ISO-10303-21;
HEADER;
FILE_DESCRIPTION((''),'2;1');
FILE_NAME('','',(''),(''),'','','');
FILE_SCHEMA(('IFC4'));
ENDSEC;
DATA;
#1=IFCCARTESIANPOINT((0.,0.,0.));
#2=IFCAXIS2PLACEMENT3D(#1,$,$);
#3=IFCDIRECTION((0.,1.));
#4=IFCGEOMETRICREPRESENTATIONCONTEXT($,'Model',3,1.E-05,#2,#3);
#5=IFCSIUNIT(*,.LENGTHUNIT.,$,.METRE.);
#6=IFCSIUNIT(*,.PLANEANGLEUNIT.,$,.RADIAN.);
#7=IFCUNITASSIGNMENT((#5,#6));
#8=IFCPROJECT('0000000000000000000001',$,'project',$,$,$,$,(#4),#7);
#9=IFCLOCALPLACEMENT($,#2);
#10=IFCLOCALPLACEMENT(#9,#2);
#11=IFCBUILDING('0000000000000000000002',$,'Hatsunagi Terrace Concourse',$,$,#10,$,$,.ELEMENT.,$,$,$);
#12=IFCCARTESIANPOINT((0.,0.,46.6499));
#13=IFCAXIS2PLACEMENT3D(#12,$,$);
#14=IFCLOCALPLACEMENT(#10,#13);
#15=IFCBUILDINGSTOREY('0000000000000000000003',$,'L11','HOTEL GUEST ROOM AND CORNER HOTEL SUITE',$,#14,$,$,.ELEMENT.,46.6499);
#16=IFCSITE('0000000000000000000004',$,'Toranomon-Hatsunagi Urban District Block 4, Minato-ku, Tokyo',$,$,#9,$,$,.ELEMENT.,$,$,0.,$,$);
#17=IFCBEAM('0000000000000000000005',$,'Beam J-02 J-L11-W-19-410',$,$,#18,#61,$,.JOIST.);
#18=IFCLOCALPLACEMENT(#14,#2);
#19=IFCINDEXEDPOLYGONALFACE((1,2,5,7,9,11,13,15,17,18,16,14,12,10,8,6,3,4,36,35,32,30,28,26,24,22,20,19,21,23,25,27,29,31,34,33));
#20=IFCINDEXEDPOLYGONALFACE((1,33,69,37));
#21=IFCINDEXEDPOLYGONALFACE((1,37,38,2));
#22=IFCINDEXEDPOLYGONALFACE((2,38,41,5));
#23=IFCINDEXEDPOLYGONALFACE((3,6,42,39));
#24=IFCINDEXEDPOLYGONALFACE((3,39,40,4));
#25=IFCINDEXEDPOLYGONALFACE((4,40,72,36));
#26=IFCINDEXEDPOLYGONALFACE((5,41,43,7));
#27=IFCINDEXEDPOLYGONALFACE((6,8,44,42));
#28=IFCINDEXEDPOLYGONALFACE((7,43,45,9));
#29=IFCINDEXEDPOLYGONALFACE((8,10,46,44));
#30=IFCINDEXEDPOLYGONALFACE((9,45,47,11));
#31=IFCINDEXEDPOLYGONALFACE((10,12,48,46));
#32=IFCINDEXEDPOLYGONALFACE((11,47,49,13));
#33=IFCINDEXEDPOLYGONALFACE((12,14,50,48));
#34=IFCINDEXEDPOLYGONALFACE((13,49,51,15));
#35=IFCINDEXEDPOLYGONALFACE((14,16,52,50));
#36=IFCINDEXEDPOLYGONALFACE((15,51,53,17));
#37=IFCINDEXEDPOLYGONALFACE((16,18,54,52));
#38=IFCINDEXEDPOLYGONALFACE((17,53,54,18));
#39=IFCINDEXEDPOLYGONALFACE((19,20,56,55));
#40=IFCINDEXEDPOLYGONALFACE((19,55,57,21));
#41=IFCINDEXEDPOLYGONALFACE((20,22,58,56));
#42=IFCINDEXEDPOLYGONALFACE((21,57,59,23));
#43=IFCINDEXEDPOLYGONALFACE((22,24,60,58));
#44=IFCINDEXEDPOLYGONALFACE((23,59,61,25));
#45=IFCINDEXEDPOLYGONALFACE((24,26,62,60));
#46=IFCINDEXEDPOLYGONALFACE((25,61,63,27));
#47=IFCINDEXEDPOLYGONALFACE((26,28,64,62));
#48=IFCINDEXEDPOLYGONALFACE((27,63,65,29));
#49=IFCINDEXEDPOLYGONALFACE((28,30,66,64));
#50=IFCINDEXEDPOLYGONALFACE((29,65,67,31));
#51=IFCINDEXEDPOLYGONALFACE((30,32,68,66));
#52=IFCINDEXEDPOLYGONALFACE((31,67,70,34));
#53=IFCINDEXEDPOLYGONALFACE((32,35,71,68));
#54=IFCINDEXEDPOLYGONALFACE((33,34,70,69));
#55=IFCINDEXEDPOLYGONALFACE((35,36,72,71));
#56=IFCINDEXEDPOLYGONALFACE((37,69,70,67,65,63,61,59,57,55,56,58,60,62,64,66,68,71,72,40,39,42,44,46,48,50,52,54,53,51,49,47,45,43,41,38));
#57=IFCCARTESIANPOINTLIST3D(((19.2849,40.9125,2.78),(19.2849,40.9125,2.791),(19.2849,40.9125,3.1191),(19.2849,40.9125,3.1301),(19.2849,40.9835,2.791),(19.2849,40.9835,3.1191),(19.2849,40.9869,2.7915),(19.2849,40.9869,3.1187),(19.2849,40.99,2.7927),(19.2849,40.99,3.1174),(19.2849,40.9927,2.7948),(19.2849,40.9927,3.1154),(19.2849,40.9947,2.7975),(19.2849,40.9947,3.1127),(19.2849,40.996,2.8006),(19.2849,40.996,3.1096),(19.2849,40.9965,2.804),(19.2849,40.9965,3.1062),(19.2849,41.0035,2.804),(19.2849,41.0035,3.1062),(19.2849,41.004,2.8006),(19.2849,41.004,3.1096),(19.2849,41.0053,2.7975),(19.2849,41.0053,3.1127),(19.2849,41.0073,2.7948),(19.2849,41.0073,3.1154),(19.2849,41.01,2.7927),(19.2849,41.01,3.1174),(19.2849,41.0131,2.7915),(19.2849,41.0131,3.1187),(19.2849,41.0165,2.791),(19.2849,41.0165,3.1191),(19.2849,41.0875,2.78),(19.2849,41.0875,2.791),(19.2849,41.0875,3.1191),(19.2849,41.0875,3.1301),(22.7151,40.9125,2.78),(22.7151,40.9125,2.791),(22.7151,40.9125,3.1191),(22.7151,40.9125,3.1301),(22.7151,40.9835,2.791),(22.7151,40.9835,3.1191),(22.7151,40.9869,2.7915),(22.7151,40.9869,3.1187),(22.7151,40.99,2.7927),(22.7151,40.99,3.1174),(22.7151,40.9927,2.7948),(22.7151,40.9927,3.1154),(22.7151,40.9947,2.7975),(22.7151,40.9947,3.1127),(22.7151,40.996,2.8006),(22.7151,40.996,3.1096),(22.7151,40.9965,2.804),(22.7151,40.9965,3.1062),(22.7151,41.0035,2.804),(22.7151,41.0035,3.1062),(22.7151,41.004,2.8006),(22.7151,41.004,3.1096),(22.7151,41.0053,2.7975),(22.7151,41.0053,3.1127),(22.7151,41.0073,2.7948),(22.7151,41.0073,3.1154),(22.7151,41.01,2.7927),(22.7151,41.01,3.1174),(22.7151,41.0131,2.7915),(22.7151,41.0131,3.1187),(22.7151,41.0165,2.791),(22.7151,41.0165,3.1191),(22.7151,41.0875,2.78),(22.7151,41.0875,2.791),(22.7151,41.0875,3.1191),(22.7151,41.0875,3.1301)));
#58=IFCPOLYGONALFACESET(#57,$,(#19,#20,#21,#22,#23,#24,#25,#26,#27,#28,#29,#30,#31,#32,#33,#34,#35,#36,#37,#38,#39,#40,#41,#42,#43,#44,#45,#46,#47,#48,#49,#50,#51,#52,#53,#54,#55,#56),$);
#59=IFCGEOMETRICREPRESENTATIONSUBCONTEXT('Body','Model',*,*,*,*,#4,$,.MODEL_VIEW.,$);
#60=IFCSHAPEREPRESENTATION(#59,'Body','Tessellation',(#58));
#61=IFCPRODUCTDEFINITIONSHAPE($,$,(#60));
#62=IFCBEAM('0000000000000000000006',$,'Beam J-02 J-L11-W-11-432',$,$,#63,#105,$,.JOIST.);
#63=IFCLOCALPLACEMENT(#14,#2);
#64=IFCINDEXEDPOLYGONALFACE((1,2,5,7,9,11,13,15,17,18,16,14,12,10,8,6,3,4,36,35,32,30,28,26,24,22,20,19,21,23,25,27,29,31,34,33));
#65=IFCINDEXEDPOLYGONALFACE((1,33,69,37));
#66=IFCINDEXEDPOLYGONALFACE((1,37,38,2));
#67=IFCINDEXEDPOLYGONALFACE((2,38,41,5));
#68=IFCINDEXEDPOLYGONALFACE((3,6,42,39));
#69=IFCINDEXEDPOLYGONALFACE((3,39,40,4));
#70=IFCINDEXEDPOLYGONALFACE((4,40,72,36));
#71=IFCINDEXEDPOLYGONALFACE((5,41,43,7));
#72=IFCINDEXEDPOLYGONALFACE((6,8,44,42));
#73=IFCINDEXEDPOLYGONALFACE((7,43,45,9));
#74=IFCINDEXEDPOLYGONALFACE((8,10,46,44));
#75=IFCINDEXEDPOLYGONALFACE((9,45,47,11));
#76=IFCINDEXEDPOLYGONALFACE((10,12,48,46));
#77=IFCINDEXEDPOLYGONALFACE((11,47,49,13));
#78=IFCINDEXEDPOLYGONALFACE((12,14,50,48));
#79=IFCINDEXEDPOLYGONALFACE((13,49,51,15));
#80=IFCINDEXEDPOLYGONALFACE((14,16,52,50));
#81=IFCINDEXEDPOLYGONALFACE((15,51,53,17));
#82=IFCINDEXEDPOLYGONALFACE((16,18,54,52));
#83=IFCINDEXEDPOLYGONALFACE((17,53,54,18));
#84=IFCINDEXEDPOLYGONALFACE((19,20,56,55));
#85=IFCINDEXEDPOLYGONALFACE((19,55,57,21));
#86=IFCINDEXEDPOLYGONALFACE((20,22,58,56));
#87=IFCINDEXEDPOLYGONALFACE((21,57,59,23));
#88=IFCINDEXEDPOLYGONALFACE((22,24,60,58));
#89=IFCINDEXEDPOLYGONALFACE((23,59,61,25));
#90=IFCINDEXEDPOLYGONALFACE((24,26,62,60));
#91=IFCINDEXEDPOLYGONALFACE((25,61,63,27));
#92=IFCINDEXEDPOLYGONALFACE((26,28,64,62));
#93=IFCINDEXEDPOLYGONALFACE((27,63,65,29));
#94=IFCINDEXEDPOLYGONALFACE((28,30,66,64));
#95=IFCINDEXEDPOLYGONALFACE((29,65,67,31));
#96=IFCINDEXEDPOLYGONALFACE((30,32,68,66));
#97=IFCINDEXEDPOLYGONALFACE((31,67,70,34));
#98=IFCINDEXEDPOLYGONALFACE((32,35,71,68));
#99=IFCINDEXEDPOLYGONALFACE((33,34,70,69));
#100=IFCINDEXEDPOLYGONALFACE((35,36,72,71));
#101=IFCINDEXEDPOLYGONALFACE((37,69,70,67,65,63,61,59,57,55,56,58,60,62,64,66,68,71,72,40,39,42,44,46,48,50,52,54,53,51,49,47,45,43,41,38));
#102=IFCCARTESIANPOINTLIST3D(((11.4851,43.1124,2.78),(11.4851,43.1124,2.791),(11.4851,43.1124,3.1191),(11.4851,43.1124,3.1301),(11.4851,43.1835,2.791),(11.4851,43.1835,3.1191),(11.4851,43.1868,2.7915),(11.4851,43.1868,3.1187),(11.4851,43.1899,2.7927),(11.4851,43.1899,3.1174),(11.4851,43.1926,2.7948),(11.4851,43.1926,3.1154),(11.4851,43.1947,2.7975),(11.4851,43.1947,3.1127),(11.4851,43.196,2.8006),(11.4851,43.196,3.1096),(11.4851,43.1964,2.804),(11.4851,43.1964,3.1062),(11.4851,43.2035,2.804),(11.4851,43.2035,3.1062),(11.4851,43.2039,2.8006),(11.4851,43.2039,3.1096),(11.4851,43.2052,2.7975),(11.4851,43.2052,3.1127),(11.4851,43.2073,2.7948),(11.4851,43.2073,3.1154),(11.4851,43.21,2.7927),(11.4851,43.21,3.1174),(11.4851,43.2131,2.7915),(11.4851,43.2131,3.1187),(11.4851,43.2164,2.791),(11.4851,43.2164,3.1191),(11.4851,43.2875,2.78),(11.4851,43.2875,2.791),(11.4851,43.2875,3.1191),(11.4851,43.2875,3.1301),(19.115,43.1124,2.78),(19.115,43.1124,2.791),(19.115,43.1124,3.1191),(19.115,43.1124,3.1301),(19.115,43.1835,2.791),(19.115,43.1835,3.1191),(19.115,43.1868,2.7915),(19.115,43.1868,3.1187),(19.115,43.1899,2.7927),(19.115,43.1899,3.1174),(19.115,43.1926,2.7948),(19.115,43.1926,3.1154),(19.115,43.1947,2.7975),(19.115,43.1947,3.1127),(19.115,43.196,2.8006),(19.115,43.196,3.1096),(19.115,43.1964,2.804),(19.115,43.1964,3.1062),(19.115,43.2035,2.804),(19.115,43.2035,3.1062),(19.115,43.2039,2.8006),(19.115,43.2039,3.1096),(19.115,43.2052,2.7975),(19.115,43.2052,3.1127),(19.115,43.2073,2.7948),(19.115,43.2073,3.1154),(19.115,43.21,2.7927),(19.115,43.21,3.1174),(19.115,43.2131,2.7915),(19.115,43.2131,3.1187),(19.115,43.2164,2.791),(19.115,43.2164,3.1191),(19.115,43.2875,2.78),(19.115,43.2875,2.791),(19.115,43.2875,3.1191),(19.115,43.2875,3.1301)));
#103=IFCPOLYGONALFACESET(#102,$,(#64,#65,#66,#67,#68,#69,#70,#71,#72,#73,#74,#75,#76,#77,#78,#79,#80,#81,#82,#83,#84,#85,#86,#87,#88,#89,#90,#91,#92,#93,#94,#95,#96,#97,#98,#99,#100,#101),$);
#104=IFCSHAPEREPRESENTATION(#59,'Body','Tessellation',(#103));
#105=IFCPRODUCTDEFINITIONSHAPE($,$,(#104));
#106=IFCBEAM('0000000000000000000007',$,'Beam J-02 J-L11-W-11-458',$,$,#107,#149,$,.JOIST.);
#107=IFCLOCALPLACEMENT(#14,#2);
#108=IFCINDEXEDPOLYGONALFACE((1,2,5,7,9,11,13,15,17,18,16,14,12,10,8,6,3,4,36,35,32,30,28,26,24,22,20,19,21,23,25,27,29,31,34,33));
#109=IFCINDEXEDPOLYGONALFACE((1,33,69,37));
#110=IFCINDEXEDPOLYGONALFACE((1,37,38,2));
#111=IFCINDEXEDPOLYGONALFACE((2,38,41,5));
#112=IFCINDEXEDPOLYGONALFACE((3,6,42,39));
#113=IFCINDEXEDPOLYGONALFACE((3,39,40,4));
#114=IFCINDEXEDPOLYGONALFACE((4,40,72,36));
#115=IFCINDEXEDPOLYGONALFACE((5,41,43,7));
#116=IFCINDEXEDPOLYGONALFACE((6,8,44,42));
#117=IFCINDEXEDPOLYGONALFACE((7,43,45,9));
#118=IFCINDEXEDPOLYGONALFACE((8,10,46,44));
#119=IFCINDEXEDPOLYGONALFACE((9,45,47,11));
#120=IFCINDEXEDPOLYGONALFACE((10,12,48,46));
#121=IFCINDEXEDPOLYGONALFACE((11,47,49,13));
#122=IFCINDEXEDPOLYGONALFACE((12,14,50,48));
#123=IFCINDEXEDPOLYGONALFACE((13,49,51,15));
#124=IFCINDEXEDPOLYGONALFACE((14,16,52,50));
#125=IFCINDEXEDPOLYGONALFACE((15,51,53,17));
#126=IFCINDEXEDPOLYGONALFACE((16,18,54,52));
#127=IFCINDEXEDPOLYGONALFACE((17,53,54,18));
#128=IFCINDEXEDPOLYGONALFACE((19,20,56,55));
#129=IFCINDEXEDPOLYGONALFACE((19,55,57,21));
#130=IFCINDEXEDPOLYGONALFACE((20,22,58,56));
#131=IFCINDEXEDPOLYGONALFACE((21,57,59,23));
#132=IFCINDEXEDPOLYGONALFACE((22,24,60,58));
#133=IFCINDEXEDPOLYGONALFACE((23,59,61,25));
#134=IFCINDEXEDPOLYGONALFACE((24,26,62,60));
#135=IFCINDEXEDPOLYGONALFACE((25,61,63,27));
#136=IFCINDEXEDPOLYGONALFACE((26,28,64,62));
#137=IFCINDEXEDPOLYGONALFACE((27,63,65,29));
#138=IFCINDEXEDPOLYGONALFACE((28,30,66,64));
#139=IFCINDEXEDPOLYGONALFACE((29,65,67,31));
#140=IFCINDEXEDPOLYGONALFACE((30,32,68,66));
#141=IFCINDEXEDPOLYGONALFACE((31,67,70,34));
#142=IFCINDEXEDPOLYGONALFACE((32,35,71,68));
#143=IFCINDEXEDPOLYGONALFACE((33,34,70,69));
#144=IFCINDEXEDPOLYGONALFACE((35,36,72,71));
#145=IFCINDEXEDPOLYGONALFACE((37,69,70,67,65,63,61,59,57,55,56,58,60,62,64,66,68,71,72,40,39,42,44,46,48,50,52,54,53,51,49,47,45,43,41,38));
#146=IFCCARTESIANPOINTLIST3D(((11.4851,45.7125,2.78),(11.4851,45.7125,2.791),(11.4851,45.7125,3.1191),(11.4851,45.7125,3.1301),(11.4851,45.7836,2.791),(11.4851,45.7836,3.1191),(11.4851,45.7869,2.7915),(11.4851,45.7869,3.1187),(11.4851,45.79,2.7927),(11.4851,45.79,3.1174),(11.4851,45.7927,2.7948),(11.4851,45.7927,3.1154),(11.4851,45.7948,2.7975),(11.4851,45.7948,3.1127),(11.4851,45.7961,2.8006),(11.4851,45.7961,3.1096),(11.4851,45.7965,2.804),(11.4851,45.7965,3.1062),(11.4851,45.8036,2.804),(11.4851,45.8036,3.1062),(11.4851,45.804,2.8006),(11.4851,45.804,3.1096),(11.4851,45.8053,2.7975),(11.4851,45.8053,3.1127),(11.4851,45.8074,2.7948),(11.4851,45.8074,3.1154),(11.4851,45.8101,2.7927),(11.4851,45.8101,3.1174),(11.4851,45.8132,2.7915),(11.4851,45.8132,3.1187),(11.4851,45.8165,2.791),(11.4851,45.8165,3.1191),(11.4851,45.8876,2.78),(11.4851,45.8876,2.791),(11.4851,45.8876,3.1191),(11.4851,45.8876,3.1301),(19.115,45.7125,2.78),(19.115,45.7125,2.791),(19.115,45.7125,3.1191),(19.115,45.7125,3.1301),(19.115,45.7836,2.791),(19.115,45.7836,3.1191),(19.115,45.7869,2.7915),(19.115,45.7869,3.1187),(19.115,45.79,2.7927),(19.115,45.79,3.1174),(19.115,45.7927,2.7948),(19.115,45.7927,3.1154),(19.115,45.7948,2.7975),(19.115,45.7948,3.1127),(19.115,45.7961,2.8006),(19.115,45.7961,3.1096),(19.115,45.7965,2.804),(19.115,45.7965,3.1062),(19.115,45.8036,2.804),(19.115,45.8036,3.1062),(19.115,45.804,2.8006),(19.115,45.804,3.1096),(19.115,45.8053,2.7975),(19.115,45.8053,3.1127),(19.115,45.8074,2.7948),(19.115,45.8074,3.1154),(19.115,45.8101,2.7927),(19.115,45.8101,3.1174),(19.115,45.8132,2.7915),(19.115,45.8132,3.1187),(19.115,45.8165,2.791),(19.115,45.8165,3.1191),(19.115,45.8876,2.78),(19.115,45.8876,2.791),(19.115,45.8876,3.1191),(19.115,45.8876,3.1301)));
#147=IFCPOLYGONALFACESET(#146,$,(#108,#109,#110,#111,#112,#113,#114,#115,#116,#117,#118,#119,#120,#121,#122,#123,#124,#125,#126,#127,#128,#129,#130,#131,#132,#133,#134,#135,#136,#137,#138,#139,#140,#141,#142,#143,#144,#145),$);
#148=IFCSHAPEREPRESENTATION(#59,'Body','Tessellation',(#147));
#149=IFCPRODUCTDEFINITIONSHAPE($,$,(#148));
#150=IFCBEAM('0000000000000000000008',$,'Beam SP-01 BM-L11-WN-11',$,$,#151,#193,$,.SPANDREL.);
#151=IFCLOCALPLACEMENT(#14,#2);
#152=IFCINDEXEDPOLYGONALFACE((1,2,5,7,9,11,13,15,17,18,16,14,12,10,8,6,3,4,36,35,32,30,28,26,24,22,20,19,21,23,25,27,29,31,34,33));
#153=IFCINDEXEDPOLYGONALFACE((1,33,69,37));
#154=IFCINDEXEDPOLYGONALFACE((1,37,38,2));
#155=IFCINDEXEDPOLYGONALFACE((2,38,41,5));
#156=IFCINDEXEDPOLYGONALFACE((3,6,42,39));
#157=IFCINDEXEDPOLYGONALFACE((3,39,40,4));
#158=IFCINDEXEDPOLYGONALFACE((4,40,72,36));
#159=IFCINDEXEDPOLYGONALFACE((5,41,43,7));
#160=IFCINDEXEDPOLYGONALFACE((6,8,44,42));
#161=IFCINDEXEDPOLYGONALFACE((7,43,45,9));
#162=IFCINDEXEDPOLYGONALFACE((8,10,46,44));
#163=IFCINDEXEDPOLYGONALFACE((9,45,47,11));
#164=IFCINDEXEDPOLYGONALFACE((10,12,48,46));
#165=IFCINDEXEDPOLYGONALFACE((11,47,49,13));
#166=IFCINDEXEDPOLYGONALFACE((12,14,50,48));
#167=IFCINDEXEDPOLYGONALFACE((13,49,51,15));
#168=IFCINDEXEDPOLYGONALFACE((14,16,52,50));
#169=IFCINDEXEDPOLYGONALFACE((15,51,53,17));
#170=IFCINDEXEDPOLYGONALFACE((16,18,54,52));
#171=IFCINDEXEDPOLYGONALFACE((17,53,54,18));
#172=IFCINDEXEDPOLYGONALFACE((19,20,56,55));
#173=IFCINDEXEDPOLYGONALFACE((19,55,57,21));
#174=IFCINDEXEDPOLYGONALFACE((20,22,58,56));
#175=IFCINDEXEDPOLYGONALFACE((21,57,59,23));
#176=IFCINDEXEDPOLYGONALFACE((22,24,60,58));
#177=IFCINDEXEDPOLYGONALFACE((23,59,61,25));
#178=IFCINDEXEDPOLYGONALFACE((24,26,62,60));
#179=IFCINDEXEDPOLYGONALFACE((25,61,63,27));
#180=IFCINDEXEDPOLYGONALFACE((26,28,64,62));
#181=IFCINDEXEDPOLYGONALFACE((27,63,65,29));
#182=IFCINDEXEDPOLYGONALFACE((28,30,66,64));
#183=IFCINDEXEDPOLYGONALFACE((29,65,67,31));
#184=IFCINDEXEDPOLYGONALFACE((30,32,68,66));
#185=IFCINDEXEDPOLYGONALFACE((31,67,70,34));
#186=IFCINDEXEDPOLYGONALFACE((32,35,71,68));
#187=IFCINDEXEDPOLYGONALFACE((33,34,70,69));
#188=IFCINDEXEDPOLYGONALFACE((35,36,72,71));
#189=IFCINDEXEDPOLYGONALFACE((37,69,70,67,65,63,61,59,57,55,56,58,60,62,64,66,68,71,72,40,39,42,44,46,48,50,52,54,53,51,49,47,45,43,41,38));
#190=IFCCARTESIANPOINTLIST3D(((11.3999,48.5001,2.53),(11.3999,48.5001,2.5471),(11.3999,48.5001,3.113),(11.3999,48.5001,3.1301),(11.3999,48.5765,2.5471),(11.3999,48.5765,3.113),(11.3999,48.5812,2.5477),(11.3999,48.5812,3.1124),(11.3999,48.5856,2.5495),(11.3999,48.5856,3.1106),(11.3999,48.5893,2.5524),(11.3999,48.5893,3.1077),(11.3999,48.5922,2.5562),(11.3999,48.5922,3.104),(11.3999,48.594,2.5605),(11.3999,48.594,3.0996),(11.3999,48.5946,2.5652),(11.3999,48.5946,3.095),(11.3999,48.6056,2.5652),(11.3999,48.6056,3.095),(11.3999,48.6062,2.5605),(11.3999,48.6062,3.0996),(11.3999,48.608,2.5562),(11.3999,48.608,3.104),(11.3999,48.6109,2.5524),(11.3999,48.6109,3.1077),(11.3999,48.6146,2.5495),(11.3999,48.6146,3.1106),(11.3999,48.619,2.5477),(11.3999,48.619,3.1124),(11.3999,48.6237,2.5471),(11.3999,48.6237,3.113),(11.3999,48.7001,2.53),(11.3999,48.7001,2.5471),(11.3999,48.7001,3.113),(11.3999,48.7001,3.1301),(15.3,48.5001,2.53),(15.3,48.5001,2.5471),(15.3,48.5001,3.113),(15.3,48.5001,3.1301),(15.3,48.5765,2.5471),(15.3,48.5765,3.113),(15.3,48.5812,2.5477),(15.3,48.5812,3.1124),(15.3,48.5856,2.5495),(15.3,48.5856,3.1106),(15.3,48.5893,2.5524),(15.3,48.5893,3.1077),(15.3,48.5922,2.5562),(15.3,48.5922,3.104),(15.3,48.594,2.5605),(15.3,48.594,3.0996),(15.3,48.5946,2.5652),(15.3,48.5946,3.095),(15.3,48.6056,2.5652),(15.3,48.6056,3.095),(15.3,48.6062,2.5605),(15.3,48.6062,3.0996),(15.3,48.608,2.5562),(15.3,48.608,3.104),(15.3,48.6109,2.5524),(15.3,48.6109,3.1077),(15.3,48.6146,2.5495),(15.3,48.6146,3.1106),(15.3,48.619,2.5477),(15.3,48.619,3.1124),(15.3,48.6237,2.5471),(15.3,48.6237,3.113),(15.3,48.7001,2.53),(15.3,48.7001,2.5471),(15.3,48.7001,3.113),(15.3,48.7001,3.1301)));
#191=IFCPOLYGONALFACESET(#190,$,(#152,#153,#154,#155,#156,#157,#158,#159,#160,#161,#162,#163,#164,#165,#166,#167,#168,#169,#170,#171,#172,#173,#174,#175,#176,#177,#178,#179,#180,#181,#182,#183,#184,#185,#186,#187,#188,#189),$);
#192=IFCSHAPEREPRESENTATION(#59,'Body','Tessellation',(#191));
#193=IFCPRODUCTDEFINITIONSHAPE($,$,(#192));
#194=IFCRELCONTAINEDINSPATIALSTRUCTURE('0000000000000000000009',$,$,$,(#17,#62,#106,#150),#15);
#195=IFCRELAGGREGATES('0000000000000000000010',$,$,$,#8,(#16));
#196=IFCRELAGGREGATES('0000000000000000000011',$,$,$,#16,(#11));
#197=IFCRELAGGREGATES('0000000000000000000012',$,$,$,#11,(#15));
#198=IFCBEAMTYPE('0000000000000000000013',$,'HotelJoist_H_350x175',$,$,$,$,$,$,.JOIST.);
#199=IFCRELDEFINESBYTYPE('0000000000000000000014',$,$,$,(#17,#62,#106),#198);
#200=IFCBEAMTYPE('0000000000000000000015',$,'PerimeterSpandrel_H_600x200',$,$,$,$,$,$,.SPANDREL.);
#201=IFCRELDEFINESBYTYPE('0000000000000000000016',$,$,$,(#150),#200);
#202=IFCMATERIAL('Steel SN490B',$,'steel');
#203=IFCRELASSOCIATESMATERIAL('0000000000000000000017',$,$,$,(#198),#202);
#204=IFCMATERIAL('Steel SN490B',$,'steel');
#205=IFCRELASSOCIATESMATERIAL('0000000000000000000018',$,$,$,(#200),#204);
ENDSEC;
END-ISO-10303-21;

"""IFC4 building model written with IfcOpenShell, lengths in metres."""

from ifc_helpers import new_model, si_unit, direction, frame, origin, origin_2d, place, context, subcontext, project, spatial, i_section, extrude, material, material_profile, profile_set, type_object, element, save


model = new_model("IFC4")

# Units and contexts
model_context = context("Model", 3, precision=1e-05, world=origin(), true_north=direction((0.0, 1.0)))
body_context = subcontext(model_context, "Body", "Model", "MODEL_VIEW")
ifc_project = project(units=[si_unit("LENGTHUNIT", "METRE"), si_unit("PLANEANGLEUNIT", "RADIAN")], contexts=[model_context])

# Site, building, storey
site_placement = place(None, origin())
site = spatial("IfcSite", under=ifc_project, at=site_placement, Name="Toranomon-Hatsunagi Urban District Block 4, Minato-ku, Tokyo", CompositionType="ELEMENT", RefElevation=0.0)
building_placement = place(site_placement, origin())
building = spatial("IfcBuilding", under=site, at=building_placement, Name="Hatsunagi Terrace Concourse", CompositionType="ELEMENT")
storey_placement = place(building_placement, frame((0.0, 0.0, 46.6499)))
storey = spatial("IfcBuildingStorey", under=building, at=storey_placement, Name="L11", Description="HOTEL GUEST ROOM AND CORNER HOTEL SUITE", CompositionType="ELEMENT", Elevation=46.6499)

# Beams
ifc_material_1 = material(Name="Steel SN490B", Category="steel")
ifc_material_profile_1 = material_profile(ifc_material_1, i_section(OverallWidth=0.175, OverallDepth=0.3501, WebThickness=0.0071, FlangeThickness=0.011, FilletRadius=0.0129, at=origin_2d()), Name="H-350x175x7x11")
ifc_profile_set_1 = profile_set([ifc_material_profile_1], Name="Steel SN490B")
beam_type_1 = type_object("IfcBeamType", Name="HotelJoist_H_350x175", PredefinedType="JOIST", material=ifc_profile_set_1)
beam_1_placement = place(storey_placement, frame((19.2849, 41.0, 2.9551), z_axis=(1.0, 0.0, 0.0), x_axis=(0.0, 1.0, 0.0)))
element("IfcBeam", 1, at=beam_1_placement, inside=storey, type_object=beam_type_1, Name="Beam J-02 J-L11-W-19-410", PredefinedType="JOIST", context=body_context, shape_type="SweptSolid", body=[
    extrude(i_section(OverallWidth=0.175, OverallDepth=0.3501, WebThickness=0.0071, FlangeThickness=0.011, FilletRadius=0.0129, at=origin_2d()), origin(), (0.0, 0.0, 1.0), 3.4302),
])
for number, where, z_axis, x_axis, name in (
    (2, (11.4851, 43.2, 2.9551), (1.0, 0.0, 0.0), (0.0, 1.0, 0.0), "Beam J-02 J-L11-W-11-432"),
    (3, (11.4851, 45.8, 2.9551), (1.0, 0.0, 0.0), (0.0, 1.0, 0.0), "Beam J-02 J-L11-W-11-458"),
):
    element("IfcBeam", number, at=place(storey_placement, frame(where, z_axis=z_axis, x_axis=x_axis)), inside=storey, type_object=beam_type_1, Name=name, PredefinedType="JOIST", context=body_context, shape_type="SweptSolid", body=[
        extrude(i_section(OverallWidth=0.175, OverallDepth=0.3501, WebThickness=0.0071, FlangeThickness=0.011, FilletRadius=0.0129, at=origin_2d()), origin(), (0.0, 0.0, 1.0), 7.6299),
    ])
ifc_material_2 = material(Name="Steel SN490B", Category="steel")
ifc_material_profile_2 = material_profile(ifc_material_2, i_section(OverallWidth=0.2, OverallDepth=0.6001, WebThickness=0.011, FlangeThickness=0.0171, FilletRadius=0.0181, at=origin_2d()), Name="H-600x200x11x17")
ifc_profile_set_2 = profile_set([ifc_material_profile_2], Name="Steel SN490B")
beam_type_2 = type_object("IfcBeamType", Name="PerimeterSpandrel_H_600x200", PredefinedType="SPANDREL", material=ifc_profile_set_2)
beam_2_placement = place(storey_placement, frame((11.3999, 48.6001, 2.8301), z_axis=(1.0, 0.0, 0.0), x_axis=(0.0, 1.0, 0.0)))
element("IfcBeam", 4, at=beam_2_placement, inside=storey, type_object=beam_type_2, Name="Beam SP-01 BM-L11-WN-11", PredefinedType="SPANDREL", context=body_context, shape_type="SweptSolid", body=[
    extrude(i_section(OverallWidth=0.2, OverallDepth=0.6001, WebThickness=0.011, FlangeThickness=0.0171, FilletRadius=0.0181, at=origin_2d()), origin(), (0.0, 0.0, 1.0), 3.9001),
])

save(model, "model.ifc")
